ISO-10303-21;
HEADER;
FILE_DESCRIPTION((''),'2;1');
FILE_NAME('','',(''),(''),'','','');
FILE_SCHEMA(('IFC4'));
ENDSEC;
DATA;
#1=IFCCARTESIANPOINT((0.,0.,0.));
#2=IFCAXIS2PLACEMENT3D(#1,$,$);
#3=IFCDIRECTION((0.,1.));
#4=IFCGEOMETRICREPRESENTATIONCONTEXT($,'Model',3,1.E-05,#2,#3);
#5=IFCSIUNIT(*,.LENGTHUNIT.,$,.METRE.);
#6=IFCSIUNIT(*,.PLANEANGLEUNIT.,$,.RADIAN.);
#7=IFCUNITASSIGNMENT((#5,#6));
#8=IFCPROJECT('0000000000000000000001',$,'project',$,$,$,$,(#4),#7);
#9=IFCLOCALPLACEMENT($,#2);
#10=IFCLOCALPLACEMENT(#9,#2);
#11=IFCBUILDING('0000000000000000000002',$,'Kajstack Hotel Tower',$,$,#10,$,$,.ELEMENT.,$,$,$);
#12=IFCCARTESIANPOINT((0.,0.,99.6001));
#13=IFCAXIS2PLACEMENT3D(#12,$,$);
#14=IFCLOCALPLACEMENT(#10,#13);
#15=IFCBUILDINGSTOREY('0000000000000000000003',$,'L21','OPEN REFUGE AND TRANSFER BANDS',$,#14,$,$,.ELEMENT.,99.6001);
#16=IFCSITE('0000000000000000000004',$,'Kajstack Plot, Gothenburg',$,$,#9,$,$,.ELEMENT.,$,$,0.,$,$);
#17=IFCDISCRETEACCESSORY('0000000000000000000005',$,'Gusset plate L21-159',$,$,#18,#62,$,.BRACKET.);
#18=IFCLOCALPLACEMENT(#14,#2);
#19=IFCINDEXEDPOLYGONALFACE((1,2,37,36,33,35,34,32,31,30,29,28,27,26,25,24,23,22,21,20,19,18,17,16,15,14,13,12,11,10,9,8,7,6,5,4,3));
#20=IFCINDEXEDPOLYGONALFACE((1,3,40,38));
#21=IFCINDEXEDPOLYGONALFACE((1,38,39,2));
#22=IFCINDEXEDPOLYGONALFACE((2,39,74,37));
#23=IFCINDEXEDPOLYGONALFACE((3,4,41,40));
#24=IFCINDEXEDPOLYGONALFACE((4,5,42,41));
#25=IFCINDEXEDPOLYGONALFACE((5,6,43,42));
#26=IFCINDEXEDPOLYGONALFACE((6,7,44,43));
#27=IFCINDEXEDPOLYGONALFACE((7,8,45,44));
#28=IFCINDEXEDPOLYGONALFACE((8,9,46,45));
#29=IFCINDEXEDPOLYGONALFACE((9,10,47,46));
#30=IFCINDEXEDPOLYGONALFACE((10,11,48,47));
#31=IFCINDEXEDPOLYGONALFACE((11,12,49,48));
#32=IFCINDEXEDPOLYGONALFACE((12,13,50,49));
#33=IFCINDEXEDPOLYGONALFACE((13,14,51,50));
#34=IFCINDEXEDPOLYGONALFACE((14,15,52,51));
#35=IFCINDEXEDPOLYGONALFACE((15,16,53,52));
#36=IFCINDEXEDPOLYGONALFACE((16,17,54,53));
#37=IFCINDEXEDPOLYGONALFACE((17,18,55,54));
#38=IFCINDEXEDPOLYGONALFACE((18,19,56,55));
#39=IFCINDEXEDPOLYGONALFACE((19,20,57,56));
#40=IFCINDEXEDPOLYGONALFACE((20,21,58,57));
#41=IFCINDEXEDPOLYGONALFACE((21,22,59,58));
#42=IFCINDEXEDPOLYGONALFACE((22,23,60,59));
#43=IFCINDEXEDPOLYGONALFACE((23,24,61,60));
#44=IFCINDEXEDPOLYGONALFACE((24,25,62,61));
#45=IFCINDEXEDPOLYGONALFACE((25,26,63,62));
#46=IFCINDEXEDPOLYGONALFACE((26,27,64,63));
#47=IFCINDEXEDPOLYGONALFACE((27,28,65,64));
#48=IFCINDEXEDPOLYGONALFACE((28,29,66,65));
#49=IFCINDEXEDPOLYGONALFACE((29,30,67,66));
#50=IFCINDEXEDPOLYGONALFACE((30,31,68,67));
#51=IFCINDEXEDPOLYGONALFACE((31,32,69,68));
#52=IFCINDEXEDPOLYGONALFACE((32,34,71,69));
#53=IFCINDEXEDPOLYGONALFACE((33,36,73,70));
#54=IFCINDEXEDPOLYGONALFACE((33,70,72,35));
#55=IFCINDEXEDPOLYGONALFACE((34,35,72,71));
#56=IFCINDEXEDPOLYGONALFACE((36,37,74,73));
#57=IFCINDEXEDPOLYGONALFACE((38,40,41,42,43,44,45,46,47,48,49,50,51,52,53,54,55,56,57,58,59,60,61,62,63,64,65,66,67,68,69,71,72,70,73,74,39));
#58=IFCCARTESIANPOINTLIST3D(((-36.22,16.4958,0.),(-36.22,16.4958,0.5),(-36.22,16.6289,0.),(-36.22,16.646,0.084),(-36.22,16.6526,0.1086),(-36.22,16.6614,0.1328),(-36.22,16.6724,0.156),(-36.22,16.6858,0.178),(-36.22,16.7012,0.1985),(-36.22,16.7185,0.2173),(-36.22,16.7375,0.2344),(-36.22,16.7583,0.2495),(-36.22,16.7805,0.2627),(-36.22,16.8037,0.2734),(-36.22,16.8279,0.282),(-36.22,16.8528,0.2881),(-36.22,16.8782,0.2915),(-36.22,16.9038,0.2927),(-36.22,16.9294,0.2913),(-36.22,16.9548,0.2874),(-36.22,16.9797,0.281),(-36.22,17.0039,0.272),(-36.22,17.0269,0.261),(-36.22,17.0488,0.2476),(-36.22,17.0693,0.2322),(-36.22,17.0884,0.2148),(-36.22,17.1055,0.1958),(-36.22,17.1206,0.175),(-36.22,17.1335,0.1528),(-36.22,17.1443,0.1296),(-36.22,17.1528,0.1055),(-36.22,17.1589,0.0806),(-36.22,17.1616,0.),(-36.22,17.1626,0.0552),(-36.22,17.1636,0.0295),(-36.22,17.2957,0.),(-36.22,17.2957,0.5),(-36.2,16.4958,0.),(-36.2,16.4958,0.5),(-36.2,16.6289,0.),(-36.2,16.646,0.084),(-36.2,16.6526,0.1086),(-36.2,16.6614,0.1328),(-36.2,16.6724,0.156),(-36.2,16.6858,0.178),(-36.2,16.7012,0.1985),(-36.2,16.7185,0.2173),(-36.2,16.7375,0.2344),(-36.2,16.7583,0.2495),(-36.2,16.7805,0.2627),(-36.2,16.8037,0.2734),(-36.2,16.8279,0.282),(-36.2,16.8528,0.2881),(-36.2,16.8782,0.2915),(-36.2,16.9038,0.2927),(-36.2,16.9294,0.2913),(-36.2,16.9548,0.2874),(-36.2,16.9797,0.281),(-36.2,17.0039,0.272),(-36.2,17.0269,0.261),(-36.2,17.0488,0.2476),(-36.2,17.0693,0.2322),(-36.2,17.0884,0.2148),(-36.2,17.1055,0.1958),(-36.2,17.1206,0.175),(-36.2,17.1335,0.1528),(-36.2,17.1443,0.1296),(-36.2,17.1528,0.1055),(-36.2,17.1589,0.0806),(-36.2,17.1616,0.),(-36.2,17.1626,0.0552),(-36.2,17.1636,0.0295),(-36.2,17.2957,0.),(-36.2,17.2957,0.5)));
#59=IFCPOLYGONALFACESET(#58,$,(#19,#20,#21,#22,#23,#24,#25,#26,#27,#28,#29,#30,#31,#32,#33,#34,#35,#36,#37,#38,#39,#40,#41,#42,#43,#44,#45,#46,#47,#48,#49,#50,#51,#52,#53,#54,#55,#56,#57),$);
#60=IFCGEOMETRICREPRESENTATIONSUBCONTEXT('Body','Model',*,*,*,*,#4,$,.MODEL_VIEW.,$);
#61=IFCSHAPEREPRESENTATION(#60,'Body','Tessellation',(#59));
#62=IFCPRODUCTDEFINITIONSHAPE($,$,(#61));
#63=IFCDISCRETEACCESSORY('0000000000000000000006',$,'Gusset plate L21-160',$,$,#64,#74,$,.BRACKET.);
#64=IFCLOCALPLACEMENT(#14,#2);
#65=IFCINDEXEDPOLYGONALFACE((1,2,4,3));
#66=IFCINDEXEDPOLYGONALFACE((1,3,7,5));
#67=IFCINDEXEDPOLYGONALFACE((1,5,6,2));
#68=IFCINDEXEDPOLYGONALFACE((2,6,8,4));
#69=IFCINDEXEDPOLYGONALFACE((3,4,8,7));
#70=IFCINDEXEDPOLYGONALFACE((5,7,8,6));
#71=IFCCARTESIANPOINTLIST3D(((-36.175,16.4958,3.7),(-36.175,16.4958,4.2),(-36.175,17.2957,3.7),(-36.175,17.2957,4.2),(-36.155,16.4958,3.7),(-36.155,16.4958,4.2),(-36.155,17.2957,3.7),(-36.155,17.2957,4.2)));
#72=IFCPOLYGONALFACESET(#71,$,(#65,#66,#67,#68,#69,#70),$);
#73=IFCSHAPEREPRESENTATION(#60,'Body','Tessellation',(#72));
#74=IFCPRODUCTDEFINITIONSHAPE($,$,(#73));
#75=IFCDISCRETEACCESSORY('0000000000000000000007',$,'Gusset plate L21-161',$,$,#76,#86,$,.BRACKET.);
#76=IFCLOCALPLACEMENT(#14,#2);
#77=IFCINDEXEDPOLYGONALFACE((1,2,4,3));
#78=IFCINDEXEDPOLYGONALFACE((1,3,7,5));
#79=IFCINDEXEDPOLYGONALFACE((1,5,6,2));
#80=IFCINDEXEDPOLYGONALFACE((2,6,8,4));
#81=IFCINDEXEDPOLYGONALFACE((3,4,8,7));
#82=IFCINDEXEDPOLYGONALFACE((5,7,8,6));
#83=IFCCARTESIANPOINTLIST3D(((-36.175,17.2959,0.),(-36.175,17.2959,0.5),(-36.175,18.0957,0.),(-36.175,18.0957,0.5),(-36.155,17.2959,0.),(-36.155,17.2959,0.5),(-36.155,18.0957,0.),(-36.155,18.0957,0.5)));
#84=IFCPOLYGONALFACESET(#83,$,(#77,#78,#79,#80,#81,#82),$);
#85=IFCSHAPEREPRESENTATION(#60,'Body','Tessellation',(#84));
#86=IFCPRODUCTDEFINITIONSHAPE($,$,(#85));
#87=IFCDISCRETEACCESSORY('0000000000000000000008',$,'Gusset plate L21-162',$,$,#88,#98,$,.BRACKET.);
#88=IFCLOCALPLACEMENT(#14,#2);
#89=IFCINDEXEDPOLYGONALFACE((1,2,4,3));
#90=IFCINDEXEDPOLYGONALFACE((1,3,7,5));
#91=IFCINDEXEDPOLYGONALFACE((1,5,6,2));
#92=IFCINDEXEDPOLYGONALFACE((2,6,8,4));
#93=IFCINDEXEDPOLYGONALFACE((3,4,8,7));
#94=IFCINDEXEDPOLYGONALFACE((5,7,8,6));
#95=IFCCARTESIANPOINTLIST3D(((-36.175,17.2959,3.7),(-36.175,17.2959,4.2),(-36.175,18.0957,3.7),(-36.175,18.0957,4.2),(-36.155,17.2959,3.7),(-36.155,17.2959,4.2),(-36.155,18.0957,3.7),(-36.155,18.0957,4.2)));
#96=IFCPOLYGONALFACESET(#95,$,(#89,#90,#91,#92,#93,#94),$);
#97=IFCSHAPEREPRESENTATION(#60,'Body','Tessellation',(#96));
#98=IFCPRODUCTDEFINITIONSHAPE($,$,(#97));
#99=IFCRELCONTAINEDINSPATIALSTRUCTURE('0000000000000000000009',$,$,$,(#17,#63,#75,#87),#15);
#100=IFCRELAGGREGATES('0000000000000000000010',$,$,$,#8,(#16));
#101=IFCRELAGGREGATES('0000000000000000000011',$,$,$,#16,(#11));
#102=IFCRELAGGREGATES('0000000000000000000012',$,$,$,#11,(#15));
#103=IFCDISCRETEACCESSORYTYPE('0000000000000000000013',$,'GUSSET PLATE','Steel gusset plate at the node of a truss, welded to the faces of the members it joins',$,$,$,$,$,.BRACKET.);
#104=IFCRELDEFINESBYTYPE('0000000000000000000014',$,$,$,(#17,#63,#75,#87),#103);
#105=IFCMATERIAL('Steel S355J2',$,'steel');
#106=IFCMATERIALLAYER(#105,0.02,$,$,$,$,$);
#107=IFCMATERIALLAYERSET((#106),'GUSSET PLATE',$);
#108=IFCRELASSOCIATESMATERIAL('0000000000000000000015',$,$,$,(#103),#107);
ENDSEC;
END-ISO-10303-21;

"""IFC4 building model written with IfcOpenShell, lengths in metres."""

from ifc_helpers import new_model, si_unit, direction, frame, origin, place, context, subcontext, project, spatial, polyline, outline, extrude, material, layer, layer_set, type_object, element, save


model = new_model("IFC4")

# Units and contexts
model_context = context("Model", 3, precision=1e-05, world=origin(), true_north=direction((0.0, 1.0)))
body_context = subcontext(model_context, "Body", "Model", "MODEL_VIEW")
ifc_project = project(units=[si_unit("LENGTHUNIT", "METRE"), si_unit("PLANEANGLEUNIT", "RADIAN")], contexts=[model_context])

# Site, building, storey
site_placement = place(None, origin())
site = spatial("IfcSite", under=ifc_project, at=site_placement, Name="Kajstack Plot, Gothenburg", CompositionType="ELEMENT", RefElevation=0.0)
building_placement = place(site_placement, origin())
building = spatial("IfcBuilding", under=site, at=building_placement, Name="Kajstack Hotel Tower", CompositionType="ELEMENT")
storey_placement = place(building_placement, frame((0.0, 0.0, 99.6001)))
storey = spatial("IfcBuildingStorey", under=building, at=storey_placement, Name="L21", Description="OPEN REFUGE AND TRANSFER BANDS", CompositionType="ELEMENT", Elevation=99.6001)

# Shared definitions
ifc_material = material(Name="Steel S355J2", Category="steel")

# Discrete accessories
ifc_layer = layer(ifc_material, 0.02)
ifc_layer_set = layer_set([ifc_layer], Name="GUSSET PLATE")
discrete_accessory_type = type_object("IfcDiscreteAccessoryType", Name="GUSSET PLATE", Description="Steel gusset plate at the node of a truss, welded to the faces of the members it joins", PredefinedType="BRACKET", material=ifc_layer_set)
discrete_accessory_placement = place(storey_placement, frame((-36.22, 16.8958, 0.0), z_axis=(1.0, 0.0, 0.0), x_axis=(0.0, 1.0, 0.0)))
element("IfcDiscreteAccessory", 1, at=discrete_accessory_placement, inside=storey, type_object=discrete_accessory_type, Name="Gusset plate L21-159", PredefinedType="BRACKET", context=body_context, shape_type="SweptSolid", body=[
    extrude(outline(polyline([(-0.3999, 0.0), (-0.2668, 0.0), (-0.2498, 0.084), (-0.2432, 0.1086), (-0.2344, 0.1328), (-0.2234, 0.156), (-0.21, 0.178), (-0.1946, 0.1985), (-0.1772, 0.2173), (-0.1582, 0.2344), (-0.1375, 0.2495), (-0.1152, 0.2627), (-0.092, 0.2734), (-0.0679, 0.282), (-0.043, 0.2881), (-0.0176, 0.2915), (0.0081, 0.2927), (0.0337, 0.2913), (0.0591, 0.2874), (0.084, 0.281), (0.1082, 0.272), (0.1311, 0.261), (0.1531, 0.2476), (0.1736, 0.2322), (0.1926, 0.2148), (0.2097, 0.1958), (0.2249, 0.175), (0.2378, 0.1528), (0.2485, 0.1296), (0.2571, 0.1055), (0.2632, 0.0806), (0.2668, 0.0552), (0.2678, 0.0295), (0.2659, 0.0), (0.3999, 0.0), (0.3999, 0.5), (-0.3999, 0.5), (-0.3999, 0.0)])), origin(), (0.0, 0.0, 1.0), 0.02),
])
for number, where, z_axis, x_axis, name in (
    (2, (-36.175, 16.8958, 3.7), (1.0, 0.0, 0.0), (0.0, 1.0, 0.0), "Gusset plate L21-160"),
    (3, (-36.175, 17.6958, 0.0), (1.0, 0.0, 0.0), (0.0, 1.0, 0.0), "Gusset plate L21-161"),
    (4, (-36.175, 17.6958, 3.7), (1.0, 0.0, 0.0), (0.0, 1.0, 0.0), "Gusset plate L21-162"),
):
    element("IfcDiscreteAccessory", number, at=place(storey_placement, frame(where, z_axis=z_axis, x_axis=x_axis)), inside=storey, type_object=discrete_accessory_type, Name=name, PredefinedType="BRACKET", context=body_context, shape_type="SweptSolid", body=[
        extrude(outline(polyline([(-0.3999, 0.0), (0.3999, 0.0), (0.3999, 0.5), (-0.3999, 0.5), (-0.3999, 0.0)])), origin(), (0.0, 0.0, 1.0), 0.02),
    ])

save(model, "model.ifc")
